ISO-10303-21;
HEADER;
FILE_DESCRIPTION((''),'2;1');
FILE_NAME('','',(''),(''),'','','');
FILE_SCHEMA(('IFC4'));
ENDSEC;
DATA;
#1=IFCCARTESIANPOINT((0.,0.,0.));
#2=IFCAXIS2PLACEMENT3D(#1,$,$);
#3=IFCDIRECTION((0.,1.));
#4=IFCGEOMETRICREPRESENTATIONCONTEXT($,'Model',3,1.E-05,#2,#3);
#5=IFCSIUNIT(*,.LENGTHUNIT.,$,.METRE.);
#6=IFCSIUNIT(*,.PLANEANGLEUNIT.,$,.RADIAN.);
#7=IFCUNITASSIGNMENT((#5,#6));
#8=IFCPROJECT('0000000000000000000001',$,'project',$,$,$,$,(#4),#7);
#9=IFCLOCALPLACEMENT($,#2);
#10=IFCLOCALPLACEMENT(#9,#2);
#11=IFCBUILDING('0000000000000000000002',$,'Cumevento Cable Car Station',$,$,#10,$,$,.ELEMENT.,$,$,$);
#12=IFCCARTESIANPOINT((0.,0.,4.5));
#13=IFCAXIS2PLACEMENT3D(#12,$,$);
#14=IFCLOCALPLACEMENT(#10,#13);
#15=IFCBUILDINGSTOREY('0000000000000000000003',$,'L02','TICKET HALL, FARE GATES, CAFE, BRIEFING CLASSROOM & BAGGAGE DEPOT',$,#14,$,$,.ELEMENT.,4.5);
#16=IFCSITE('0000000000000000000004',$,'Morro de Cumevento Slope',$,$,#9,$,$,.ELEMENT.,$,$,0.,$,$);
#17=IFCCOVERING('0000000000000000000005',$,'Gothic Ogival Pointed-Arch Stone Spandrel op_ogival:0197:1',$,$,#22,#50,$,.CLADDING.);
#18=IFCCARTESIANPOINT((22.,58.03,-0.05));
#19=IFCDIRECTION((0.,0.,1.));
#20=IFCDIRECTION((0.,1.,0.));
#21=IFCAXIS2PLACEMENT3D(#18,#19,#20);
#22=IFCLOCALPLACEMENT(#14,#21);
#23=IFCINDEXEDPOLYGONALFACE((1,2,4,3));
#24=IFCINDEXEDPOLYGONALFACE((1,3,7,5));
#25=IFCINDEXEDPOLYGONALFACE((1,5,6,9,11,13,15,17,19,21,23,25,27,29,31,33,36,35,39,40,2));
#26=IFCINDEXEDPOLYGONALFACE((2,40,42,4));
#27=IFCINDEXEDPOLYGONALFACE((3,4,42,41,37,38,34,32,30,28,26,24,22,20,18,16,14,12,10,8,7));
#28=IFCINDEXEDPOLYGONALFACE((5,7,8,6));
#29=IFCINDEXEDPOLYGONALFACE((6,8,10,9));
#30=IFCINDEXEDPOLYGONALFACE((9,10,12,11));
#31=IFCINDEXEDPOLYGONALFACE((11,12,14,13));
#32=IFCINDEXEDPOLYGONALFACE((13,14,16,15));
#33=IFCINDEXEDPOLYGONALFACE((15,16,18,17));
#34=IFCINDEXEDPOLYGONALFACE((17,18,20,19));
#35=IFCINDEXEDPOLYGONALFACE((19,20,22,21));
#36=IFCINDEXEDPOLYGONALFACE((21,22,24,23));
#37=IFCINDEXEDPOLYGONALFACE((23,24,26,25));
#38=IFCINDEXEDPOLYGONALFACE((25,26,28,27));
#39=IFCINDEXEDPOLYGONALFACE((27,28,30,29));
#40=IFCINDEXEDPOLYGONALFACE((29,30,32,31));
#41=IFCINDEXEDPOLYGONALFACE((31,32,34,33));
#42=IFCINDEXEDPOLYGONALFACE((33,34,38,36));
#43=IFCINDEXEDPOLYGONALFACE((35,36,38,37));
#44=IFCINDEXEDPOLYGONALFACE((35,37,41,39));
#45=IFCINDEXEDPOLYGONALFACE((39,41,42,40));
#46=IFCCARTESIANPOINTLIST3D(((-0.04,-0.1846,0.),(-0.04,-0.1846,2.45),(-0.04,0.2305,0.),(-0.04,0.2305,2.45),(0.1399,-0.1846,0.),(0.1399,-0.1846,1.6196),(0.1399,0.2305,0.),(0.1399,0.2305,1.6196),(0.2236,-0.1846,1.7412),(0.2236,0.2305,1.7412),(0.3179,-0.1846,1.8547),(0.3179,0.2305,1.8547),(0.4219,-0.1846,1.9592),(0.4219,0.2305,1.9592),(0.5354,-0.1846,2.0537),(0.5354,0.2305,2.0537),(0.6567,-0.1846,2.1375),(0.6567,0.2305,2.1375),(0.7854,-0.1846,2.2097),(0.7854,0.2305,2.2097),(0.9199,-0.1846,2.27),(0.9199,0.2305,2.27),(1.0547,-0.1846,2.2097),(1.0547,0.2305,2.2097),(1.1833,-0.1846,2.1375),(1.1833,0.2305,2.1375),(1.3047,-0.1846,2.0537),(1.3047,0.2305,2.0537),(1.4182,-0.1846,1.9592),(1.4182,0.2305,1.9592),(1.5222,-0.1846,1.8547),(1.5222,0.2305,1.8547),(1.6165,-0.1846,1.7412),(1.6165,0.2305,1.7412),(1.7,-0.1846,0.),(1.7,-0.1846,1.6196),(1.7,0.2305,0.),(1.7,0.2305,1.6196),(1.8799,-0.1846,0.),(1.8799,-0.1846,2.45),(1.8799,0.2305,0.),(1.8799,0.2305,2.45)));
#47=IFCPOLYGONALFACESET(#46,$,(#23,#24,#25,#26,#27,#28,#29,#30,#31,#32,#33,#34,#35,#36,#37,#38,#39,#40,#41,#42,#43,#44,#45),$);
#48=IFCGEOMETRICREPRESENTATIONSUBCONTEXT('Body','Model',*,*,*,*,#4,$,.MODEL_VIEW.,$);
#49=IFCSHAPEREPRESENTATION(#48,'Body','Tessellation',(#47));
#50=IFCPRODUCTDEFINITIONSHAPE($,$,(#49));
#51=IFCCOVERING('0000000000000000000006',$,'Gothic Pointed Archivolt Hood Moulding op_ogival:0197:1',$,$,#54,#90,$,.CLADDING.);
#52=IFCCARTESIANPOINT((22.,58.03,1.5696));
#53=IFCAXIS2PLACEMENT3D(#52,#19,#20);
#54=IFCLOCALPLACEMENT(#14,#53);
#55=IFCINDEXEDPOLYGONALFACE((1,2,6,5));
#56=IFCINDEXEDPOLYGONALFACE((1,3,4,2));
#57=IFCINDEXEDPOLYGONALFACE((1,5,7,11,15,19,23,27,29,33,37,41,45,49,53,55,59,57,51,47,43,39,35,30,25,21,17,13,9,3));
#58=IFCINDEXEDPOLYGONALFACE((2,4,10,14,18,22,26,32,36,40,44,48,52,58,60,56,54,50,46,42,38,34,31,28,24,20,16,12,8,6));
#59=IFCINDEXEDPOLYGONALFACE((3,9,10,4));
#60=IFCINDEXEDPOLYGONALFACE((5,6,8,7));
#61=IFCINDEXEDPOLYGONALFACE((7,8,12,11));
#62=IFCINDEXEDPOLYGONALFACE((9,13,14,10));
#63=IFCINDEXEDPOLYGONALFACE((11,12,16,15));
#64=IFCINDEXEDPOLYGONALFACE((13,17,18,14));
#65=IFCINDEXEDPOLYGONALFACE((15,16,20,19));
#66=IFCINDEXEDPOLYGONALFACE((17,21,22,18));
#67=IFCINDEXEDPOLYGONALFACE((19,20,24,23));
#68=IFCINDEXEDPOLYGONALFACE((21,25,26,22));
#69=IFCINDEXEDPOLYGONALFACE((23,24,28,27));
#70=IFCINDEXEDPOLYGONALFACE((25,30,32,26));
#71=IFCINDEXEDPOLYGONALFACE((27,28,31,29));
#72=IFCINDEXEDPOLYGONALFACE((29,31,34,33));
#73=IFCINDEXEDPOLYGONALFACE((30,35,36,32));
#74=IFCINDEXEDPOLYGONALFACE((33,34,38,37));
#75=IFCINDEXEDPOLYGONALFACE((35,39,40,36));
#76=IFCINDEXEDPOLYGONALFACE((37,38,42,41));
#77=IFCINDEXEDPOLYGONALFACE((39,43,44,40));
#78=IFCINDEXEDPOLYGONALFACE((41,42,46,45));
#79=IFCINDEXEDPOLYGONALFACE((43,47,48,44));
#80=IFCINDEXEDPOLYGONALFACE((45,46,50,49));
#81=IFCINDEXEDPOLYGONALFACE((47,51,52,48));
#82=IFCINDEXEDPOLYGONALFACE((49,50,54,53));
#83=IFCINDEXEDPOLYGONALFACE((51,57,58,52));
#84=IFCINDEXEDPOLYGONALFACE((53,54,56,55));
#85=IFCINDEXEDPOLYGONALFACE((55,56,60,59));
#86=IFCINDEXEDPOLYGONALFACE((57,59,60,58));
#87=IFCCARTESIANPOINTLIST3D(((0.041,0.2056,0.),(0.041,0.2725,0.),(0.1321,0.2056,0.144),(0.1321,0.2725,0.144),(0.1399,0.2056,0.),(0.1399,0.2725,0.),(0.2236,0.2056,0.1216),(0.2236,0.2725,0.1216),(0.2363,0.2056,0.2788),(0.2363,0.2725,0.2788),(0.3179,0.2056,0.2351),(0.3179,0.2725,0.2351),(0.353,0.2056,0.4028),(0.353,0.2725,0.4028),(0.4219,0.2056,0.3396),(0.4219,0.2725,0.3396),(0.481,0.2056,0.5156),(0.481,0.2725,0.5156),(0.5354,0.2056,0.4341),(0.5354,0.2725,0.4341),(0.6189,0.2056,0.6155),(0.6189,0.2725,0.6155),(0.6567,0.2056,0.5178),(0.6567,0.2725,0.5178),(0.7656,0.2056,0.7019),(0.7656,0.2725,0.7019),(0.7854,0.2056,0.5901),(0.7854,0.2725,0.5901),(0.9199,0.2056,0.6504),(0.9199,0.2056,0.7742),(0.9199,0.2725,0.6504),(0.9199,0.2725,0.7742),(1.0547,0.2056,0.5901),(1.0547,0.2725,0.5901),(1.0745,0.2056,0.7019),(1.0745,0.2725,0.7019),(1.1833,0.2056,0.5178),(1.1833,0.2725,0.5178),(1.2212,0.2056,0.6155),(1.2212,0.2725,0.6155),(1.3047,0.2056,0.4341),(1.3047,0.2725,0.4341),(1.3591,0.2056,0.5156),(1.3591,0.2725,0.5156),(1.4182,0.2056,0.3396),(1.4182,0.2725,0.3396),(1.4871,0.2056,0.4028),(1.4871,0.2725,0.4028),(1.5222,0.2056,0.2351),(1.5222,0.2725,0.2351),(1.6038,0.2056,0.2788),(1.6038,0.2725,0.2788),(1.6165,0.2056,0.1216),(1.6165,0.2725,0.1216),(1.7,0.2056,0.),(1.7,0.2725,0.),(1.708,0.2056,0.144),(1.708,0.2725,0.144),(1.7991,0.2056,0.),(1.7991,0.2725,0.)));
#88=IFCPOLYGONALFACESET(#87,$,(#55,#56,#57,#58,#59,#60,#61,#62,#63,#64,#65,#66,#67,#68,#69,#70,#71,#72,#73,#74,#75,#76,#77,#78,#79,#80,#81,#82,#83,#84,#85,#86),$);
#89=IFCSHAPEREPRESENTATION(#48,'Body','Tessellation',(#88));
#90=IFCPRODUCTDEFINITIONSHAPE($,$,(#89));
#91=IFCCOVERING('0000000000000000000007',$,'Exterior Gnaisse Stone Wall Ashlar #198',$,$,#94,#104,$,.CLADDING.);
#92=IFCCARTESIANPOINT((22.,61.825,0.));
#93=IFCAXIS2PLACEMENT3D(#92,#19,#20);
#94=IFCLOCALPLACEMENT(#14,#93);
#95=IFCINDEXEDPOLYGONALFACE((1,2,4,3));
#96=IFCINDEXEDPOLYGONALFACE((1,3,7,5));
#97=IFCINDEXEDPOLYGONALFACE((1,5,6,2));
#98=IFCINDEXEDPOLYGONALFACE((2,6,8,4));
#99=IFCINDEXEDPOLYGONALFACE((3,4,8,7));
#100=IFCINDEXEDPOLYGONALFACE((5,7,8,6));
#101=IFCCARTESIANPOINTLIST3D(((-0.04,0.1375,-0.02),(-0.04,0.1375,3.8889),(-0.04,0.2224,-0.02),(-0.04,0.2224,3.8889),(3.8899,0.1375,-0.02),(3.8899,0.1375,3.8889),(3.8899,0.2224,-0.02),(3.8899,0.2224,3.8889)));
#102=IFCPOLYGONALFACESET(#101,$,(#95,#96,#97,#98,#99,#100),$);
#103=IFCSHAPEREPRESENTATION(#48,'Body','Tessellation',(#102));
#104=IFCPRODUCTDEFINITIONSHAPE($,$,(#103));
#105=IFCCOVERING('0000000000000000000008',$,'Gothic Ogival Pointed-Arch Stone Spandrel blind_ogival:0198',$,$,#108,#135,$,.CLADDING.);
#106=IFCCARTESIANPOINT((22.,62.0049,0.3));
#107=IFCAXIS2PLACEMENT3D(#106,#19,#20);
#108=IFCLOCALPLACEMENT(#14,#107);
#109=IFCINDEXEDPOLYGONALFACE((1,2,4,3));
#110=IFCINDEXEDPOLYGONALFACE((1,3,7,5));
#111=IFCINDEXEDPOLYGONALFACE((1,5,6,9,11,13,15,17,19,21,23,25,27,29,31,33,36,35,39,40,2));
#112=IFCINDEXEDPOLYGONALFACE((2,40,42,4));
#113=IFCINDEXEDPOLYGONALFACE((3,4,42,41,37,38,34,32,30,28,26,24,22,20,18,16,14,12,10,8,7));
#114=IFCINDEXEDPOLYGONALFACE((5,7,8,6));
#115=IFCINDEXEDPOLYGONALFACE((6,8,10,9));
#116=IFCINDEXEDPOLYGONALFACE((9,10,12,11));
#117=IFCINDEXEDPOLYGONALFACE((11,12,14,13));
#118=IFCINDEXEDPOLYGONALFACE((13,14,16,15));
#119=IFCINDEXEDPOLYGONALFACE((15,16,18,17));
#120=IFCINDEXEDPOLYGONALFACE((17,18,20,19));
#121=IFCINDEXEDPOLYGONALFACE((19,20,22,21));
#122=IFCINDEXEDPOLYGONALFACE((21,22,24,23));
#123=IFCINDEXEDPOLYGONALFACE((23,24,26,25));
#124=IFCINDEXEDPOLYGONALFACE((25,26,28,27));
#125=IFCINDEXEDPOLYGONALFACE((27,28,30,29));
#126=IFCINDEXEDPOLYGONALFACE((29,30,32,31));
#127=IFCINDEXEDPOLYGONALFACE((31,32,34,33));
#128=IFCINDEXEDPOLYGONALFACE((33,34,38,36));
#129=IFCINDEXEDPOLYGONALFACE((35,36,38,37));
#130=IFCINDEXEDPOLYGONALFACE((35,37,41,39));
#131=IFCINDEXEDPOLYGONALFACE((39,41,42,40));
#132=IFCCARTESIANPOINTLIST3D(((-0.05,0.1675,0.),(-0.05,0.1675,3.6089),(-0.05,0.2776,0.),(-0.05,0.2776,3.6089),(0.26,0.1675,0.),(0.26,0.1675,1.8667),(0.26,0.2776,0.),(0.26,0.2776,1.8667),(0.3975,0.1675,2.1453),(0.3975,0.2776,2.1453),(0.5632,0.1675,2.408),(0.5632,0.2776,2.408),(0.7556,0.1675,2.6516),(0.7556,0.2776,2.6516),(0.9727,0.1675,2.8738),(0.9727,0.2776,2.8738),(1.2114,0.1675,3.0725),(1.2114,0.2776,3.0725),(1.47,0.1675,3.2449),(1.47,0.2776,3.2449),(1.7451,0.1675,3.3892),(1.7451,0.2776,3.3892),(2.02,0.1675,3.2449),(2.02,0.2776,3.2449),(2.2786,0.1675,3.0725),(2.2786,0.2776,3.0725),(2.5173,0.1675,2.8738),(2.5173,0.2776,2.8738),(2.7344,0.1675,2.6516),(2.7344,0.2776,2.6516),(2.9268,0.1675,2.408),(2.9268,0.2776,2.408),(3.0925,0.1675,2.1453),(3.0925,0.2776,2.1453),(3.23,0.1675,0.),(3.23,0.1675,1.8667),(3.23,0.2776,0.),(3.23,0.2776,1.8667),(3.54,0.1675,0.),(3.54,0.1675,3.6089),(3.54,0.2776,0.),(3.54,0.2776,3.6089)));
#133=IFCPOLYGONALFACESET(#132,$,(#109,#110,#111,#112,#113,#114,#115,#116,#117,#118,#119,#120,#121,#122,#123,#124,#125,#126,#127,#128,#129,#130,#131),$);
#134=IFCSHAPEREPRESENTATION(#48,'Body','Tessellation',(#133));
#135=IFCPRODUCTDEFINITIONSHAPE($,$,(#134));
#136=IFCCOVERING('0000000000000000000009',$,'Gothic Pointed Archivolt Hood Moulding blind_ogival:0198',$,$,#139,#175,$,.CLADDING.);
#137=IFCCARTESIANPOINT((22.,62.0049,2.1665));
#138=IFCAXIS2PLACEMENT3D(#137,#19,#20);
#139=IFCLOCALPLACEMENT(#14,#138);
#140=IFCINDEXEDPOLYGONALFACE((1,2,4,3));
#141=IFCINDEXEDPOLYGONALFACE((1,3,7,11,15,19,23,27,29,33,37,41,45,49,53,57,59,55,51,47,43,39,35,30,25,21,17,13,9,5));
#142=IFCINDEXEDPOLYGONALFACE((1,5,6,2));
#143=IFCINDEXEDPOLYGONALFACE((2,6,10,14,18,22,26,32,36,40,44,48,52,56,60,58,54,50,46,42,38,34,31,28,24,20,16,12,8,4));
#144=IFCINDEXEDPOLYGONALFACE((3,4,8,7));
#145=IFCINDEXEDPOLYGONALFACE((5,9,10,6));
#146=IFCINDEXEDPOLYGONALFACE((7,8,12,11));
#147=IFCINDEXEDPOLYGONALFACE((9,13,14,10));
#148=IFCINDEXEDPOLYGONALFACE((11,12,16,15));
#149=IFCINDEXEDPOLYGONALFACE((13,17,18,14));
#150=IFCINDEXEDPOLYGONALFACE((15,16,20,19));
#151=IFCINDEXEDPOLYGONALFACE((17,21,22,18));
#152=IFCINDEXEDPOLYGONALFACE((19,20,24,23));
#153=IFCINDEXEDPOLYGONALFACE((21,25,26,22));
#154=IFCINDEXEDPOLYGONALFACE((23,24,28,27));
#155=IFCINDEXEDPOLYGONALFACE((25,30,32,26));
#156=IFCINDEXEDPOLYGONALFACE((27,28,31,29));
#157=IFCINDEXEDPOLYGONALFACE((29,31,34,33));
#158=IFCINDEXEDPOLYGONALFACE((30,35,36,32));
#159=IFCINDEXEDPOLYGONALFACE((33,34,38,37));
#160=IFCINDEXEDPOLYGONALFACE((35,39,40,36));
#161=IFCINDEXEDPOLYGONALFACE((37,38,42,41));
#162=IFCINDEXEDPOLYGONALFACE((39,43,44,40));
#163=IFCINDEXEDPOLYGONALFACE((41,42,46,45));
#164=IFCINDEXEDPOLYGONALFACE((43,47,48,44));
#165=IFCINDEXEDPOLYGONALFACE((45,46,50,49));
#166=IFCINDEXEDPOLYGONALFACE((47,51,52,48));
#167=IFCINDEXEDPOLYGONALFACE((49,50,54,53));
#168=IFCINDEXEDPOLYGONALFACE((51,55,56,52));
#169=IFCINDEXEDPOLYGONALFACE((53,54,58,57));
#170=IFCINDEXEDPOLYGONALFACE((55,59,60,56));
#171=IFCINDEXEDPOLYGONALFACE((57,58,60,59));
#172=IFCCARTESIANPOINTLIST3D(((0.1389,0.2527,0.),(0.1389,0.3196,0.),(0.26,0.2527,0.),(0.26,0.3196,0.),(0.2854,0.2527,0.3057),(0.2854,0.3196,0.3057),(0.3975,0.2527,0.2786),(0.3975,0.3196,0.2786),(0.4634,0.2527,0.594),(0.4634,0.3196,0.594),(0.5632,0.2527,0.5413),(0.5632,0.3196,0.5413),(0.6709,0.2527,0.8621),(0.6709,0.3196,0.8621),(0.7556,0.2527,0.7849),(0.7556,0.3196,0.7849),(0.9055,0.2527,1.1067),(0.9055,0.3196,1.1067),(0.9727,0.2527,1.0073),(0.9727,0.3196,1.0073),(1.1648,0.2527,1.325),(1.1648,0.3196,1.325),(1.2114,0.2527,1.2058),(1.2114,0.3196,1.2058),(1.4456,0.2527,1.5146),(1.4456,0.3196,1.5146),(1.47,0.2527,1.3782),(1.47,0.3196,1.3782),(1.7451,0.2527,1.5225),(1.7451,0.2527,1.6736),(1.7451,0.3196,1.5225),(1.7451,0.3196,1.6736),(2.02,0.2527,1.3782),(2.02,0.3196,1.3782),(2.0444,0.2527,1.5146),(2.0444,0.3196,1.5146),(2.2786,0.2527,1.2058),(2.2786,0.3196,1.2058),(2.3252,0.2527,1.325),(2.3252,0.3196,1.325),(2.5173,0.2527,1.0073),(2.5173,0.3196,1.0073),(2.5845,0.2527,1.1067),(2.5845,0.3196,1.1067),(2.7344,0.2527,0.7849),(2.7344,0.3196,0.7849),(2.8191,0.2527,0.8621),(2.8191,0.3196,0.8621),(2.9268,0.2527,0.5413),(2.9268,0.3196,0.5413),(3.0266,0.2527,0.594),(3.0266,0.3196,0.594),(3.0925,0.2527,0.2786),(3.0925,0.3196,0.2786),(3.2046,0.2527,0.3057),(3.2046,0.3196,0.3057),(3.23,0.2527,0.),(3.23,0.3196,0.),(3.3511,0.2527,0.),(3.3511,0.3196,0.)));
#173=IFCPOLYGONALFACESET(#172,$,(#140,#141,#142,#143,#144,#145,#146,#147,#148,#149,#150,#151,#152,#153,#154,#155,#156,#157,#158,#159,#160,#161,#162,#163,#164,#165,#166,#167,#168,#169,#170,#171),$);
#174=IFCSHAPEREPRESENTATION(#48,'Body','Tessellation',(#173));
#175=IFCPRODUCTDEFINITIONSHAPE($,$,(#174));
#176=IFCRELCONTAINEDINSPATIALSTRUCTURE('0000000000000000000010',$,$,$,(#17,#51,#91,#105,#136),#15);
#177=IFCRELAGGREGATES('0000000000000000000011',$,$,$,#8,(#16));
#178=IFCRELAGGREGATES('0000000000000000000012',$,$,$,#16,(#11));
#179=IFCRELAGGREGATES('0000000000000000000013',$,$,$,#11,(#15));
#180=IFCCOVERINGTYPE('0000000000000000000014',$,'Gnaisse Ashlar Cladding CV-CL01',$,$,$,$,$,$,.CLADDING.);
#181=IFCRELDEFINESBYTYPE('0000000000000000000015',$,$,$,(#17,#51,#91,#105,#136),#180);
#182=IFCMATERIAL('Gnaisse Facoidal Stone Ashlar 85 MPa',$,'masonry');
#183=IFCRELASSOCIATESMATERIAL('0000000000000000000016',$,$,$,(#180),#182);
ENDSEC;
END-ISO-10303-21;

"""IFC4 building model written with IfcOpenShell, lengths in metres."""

from ifc_helpers import new_model, si_unit, direction, frame, origin, place, context, subcontext, project, spatial, polyline, outline, extrude, material, type_object, element, save


model = new_model("IFC4")

# Units and contexts
model_context = context("Model", 3, precision=1e-05, world=origin(), true_north=direction((0.0, 1.0)))
body_context = subcontext(model_context, "Body", "Model", "MODEL_VIEW")
ifc_project = project(units=[si_unit("LENGTHUNIT", "METRE"), si_unit("PLANEANGLEUNIT", "RADIAN")], contexts=[model_context])

# Site, building, storey
site_placement = place(None, origin())
site = spatial("IfcSite", under=ifc_project, at=site_placement, Name="Morro de Cumevento Slope", CompositionType="ELEMENT", RefElevation=0.0)
building_placement = place(site_placement, origin())
building = spatial("IfcBuilding", under=site, at=building_placement, Name="Cumevento Cable Car Station", CompositionType="ELEMENT")
storey_placement = place(building_placement, frame((0.0, 0.0, 4.5)))
storey = spatial("IfcBuildingStorey", under=building, at=storey_placement, Name="L02", Description="TICKET HALL, FARE GATES, CAFE, BRIEFING CLASSROOM & BAGGAGE DEPOT", CompositionType="ELEMENT", Elevation=4.5)

# Coverings
ifc_material_1 = material(Name="Gnaisse Facoidal Stone Ashlar 85 MPa", Category="masonry")
covering_type = type_object("IfcCoveringType", Name="Gnaisse Ashlar Cladding CV-CL01", PredefinedType="CLADDING", material=ifc_material_1)
covering_1_placement = place(storey_placement, frame((22.0, 58.03, -0.05), z_axis=(0.0, 0.0, 1.0), x_axis=(0.0, 1.0, 0.0)))
element("IfcCovering", 1, at=covering_1_placement, inside=storey, type_object=covering_type, Name="Gothic Ogival Pointed-Arch Stone Spandrel op_ogival:0197:1", PredefinedType="CLADDING", context=body_context, shape_type="SweptSolid", body=[
    extrude(outline(polyline([(-0.04, 0.0), (-0.04, 2.45), (1.8799, 2.45), (1.8799, 0.0), (1.7, 0.0), (1.7, 1.6196), (1.6165, 1.7412), (1.5222, 1.8547), (1.4182, 1.9592), (1.3047, 2.0537), (1.1833, 2.1375), (1.0547, 2.2097), (0.9199, 2.27), (0.7854, 2.2097), (0.6567, 2.1375), (0.5354, 2.0537), (0.4219, 1.9592), (0.3179, 1.8547), (0.2236, 1.7412), (0.1399, 1.6196), (0.1399, 0.0), (-0.04, 0.0)])), frame((0.0, 0.2305, 0.0), z_axis=(0.0, -1.0, 0.0), x_axis=(1.0, 0.0, 0.0)), (0.0, 0.0, 1.0), 0.415),
])
covering_2_placement = place(storey_placement, frame((22.0, 58.03, 1.5696), z_axis=(0.0, 0.0, 1.0), x_axis=(0.0, 1.0, 0.0)))
element("IfcCovering", 2, at=covering_2_placement, inside=storey, type_object=covering_type, Name="Gothic Pointed Archivolt Hood Moulding op_ogival:0197:1", PredefinedType="CLADDING", context=body_context, shape_type="SweptSolid", body=[
    extrude(outline(polyline([(0.1399, 0.0), (0.2236, 0.1216), (0.3179, 0.2351), (0.4219, 0.3396), (0.5354, 0.4341), (0.6567, 0.5178), (0.7854, 0.5901), (0.9199, 0.6504), (1.0547, 0.5901), (1.1833, 0.5178), (1.3047, 0.4341), (1.4182, 0.3396), (1.5222, 0.2351), (1.6165, 0.1216), (1.7, 0.0), (1.7991, 0.0), (1.708, 0.144), (1.6038, 0.2788), (1.4871, 0.4028), (1.3591, 0.5156), (1.2212, 0.6155), (1.0745, 0.7019), (0.9199, 0.7742), (0.7656, 0.7019), (0.6189, 0.6155), (0.481, 0.5156), (0.353, 0.4028), (0.2363, 0.2788), (0.1321, 0.144), (0.041, 0.0), (0.1399, 0.0)])), frame((0.0, 0.2725, 0.0), z_axis=(0.0, -1.0, 0.0), x_axis=(1.0, 0.0, 0.0)), (0.0, 0.0, 1.0), 0.0669),
])
covering_3_placement = place(storey_placement, frame((22.0, 61.825, 0.0), z_axis=(0.0, 0.0, 1.0), x_axis=(0.0, 1.0, 0.0)))
element("IfcCovering", 3, at=covering_3_placement, inside=storey, type_object=covering_type, Name="Exterior Gnaisse Stone Wall Ashlar #198", PredefinedType="CLADDING", context=body_context, shape_type="SweptSolid", body=[
    extrude(outline(polyline([(-0.04, -0.02), (3.8899, -0.02), (3.8899, 3.8889), (-0.04, 3.8889), (-0.04, -0.02)])), frame((0.0, 0.2224, 0.0), z_axis=(0.0, -1.0, 0.0), x_axis=(1.0, 0.0, 0.0)), (0.0, 0.0, 1.0), 0.085),
])
covering_4_placement = place(storey_placement, frame((22.0, 62.0049, 0.3), z_axis=(0.0, 0.0, 1.0), x_axis=(0.0, 1.0, 0.0)))
element("IfcCovering", 4, at=covering_4_placement, inside=storey, type_object=covering_type, Name="Gothic Ogival Pointed-Arch Stone Spandrel blind_ogival:0198", PredefinedType="CLADDING", context=body_context, shape_type="SweptSolid", body=[
    extrude(outline(polyline([(-0.05, 0.0), (-0.05, 3.6089), (3.54, 3.6089), (3.54, 0.0), (3.23, 0.0), (3.23, 1.8667), (3.0925, 2.1453), (2.9268, 2.408), (2.7344, 2.6516), (2.5173, 2.8738), (2.2786, 3.0725), (2.02, 3.2449), (1.7451, 3.3892), (1.47, 3.2449), (1.2114, 3.0725), (0.9727, 2.8738), (0.7556, 2.6516), (0.5632, 2.408), (0.3975, 2.1453), (0.26, 1.8667), (0.26, 0.0), (-0.05, 0.0)])), frame((0.0, 0.2776, 0.0), z_axis=(0.0, -1.0, 0.0), x_axis=(1.0, 0.0, 0.0)), (0.0, 0.0, 1.0), 0.1101),
])
covering_5_placement = place(storey_placement, frame((22.0, 62.0049, 2.1665), z_axis=(0.0, 0.0, 1.0), x_axis=(0.0, 1.0, 0.0)))
element("IfcCovering", 5, at=covering_5_placement, inside=storey, type_object=covering_type, Name="Gothic Pointed Archivolt Hood Moulding blind_ogival:0198", PredefinedType="CLADDING", context=body_context, shape_type="SweptSolid", body=[
    extrude(outline(polyline([(0.26, 0.0), (0.3975, 0.2786), (0.5632, 0.5413), (0.7556, 0.7849), (0.9727, 1.0073), (1.2114, 1.2058), (1.47, 1.3782), (1.7451, 1.5225), (2.02, 1.3782), (2.2786, 1.2058), (2.5173, 1.0073), (2.7344, 0.7849), (2.9268, 0.5413), (3.0925, 0.2786), (3.23, 0.0), (3.3511, 0.0), (3.2046, 0.3057), (3.0266, 0.594), (2.8191, 0.8621), (2.5845, 1.1067), (2.3252, 1.325), (2.0444, 1.5146), (1.7451, 1.6736), (1.4456, 1.5146), (1.1648, 1.325), (0.9055, 1.1067), (0.6709, 0.8621), (0.4634, 0.594), (0.2854, 0.3057), (0.1389, 0.0), (0.26, 0.0)])), frame((0.0, 0.3196, 0.0), z_axis=(0.0, -1.0, 0.0), x_axis=(1.0, 0.0, 0.0)), (0.0, 0.0, 1.0), 0.0669),
])

save(model, "model.ifc")
